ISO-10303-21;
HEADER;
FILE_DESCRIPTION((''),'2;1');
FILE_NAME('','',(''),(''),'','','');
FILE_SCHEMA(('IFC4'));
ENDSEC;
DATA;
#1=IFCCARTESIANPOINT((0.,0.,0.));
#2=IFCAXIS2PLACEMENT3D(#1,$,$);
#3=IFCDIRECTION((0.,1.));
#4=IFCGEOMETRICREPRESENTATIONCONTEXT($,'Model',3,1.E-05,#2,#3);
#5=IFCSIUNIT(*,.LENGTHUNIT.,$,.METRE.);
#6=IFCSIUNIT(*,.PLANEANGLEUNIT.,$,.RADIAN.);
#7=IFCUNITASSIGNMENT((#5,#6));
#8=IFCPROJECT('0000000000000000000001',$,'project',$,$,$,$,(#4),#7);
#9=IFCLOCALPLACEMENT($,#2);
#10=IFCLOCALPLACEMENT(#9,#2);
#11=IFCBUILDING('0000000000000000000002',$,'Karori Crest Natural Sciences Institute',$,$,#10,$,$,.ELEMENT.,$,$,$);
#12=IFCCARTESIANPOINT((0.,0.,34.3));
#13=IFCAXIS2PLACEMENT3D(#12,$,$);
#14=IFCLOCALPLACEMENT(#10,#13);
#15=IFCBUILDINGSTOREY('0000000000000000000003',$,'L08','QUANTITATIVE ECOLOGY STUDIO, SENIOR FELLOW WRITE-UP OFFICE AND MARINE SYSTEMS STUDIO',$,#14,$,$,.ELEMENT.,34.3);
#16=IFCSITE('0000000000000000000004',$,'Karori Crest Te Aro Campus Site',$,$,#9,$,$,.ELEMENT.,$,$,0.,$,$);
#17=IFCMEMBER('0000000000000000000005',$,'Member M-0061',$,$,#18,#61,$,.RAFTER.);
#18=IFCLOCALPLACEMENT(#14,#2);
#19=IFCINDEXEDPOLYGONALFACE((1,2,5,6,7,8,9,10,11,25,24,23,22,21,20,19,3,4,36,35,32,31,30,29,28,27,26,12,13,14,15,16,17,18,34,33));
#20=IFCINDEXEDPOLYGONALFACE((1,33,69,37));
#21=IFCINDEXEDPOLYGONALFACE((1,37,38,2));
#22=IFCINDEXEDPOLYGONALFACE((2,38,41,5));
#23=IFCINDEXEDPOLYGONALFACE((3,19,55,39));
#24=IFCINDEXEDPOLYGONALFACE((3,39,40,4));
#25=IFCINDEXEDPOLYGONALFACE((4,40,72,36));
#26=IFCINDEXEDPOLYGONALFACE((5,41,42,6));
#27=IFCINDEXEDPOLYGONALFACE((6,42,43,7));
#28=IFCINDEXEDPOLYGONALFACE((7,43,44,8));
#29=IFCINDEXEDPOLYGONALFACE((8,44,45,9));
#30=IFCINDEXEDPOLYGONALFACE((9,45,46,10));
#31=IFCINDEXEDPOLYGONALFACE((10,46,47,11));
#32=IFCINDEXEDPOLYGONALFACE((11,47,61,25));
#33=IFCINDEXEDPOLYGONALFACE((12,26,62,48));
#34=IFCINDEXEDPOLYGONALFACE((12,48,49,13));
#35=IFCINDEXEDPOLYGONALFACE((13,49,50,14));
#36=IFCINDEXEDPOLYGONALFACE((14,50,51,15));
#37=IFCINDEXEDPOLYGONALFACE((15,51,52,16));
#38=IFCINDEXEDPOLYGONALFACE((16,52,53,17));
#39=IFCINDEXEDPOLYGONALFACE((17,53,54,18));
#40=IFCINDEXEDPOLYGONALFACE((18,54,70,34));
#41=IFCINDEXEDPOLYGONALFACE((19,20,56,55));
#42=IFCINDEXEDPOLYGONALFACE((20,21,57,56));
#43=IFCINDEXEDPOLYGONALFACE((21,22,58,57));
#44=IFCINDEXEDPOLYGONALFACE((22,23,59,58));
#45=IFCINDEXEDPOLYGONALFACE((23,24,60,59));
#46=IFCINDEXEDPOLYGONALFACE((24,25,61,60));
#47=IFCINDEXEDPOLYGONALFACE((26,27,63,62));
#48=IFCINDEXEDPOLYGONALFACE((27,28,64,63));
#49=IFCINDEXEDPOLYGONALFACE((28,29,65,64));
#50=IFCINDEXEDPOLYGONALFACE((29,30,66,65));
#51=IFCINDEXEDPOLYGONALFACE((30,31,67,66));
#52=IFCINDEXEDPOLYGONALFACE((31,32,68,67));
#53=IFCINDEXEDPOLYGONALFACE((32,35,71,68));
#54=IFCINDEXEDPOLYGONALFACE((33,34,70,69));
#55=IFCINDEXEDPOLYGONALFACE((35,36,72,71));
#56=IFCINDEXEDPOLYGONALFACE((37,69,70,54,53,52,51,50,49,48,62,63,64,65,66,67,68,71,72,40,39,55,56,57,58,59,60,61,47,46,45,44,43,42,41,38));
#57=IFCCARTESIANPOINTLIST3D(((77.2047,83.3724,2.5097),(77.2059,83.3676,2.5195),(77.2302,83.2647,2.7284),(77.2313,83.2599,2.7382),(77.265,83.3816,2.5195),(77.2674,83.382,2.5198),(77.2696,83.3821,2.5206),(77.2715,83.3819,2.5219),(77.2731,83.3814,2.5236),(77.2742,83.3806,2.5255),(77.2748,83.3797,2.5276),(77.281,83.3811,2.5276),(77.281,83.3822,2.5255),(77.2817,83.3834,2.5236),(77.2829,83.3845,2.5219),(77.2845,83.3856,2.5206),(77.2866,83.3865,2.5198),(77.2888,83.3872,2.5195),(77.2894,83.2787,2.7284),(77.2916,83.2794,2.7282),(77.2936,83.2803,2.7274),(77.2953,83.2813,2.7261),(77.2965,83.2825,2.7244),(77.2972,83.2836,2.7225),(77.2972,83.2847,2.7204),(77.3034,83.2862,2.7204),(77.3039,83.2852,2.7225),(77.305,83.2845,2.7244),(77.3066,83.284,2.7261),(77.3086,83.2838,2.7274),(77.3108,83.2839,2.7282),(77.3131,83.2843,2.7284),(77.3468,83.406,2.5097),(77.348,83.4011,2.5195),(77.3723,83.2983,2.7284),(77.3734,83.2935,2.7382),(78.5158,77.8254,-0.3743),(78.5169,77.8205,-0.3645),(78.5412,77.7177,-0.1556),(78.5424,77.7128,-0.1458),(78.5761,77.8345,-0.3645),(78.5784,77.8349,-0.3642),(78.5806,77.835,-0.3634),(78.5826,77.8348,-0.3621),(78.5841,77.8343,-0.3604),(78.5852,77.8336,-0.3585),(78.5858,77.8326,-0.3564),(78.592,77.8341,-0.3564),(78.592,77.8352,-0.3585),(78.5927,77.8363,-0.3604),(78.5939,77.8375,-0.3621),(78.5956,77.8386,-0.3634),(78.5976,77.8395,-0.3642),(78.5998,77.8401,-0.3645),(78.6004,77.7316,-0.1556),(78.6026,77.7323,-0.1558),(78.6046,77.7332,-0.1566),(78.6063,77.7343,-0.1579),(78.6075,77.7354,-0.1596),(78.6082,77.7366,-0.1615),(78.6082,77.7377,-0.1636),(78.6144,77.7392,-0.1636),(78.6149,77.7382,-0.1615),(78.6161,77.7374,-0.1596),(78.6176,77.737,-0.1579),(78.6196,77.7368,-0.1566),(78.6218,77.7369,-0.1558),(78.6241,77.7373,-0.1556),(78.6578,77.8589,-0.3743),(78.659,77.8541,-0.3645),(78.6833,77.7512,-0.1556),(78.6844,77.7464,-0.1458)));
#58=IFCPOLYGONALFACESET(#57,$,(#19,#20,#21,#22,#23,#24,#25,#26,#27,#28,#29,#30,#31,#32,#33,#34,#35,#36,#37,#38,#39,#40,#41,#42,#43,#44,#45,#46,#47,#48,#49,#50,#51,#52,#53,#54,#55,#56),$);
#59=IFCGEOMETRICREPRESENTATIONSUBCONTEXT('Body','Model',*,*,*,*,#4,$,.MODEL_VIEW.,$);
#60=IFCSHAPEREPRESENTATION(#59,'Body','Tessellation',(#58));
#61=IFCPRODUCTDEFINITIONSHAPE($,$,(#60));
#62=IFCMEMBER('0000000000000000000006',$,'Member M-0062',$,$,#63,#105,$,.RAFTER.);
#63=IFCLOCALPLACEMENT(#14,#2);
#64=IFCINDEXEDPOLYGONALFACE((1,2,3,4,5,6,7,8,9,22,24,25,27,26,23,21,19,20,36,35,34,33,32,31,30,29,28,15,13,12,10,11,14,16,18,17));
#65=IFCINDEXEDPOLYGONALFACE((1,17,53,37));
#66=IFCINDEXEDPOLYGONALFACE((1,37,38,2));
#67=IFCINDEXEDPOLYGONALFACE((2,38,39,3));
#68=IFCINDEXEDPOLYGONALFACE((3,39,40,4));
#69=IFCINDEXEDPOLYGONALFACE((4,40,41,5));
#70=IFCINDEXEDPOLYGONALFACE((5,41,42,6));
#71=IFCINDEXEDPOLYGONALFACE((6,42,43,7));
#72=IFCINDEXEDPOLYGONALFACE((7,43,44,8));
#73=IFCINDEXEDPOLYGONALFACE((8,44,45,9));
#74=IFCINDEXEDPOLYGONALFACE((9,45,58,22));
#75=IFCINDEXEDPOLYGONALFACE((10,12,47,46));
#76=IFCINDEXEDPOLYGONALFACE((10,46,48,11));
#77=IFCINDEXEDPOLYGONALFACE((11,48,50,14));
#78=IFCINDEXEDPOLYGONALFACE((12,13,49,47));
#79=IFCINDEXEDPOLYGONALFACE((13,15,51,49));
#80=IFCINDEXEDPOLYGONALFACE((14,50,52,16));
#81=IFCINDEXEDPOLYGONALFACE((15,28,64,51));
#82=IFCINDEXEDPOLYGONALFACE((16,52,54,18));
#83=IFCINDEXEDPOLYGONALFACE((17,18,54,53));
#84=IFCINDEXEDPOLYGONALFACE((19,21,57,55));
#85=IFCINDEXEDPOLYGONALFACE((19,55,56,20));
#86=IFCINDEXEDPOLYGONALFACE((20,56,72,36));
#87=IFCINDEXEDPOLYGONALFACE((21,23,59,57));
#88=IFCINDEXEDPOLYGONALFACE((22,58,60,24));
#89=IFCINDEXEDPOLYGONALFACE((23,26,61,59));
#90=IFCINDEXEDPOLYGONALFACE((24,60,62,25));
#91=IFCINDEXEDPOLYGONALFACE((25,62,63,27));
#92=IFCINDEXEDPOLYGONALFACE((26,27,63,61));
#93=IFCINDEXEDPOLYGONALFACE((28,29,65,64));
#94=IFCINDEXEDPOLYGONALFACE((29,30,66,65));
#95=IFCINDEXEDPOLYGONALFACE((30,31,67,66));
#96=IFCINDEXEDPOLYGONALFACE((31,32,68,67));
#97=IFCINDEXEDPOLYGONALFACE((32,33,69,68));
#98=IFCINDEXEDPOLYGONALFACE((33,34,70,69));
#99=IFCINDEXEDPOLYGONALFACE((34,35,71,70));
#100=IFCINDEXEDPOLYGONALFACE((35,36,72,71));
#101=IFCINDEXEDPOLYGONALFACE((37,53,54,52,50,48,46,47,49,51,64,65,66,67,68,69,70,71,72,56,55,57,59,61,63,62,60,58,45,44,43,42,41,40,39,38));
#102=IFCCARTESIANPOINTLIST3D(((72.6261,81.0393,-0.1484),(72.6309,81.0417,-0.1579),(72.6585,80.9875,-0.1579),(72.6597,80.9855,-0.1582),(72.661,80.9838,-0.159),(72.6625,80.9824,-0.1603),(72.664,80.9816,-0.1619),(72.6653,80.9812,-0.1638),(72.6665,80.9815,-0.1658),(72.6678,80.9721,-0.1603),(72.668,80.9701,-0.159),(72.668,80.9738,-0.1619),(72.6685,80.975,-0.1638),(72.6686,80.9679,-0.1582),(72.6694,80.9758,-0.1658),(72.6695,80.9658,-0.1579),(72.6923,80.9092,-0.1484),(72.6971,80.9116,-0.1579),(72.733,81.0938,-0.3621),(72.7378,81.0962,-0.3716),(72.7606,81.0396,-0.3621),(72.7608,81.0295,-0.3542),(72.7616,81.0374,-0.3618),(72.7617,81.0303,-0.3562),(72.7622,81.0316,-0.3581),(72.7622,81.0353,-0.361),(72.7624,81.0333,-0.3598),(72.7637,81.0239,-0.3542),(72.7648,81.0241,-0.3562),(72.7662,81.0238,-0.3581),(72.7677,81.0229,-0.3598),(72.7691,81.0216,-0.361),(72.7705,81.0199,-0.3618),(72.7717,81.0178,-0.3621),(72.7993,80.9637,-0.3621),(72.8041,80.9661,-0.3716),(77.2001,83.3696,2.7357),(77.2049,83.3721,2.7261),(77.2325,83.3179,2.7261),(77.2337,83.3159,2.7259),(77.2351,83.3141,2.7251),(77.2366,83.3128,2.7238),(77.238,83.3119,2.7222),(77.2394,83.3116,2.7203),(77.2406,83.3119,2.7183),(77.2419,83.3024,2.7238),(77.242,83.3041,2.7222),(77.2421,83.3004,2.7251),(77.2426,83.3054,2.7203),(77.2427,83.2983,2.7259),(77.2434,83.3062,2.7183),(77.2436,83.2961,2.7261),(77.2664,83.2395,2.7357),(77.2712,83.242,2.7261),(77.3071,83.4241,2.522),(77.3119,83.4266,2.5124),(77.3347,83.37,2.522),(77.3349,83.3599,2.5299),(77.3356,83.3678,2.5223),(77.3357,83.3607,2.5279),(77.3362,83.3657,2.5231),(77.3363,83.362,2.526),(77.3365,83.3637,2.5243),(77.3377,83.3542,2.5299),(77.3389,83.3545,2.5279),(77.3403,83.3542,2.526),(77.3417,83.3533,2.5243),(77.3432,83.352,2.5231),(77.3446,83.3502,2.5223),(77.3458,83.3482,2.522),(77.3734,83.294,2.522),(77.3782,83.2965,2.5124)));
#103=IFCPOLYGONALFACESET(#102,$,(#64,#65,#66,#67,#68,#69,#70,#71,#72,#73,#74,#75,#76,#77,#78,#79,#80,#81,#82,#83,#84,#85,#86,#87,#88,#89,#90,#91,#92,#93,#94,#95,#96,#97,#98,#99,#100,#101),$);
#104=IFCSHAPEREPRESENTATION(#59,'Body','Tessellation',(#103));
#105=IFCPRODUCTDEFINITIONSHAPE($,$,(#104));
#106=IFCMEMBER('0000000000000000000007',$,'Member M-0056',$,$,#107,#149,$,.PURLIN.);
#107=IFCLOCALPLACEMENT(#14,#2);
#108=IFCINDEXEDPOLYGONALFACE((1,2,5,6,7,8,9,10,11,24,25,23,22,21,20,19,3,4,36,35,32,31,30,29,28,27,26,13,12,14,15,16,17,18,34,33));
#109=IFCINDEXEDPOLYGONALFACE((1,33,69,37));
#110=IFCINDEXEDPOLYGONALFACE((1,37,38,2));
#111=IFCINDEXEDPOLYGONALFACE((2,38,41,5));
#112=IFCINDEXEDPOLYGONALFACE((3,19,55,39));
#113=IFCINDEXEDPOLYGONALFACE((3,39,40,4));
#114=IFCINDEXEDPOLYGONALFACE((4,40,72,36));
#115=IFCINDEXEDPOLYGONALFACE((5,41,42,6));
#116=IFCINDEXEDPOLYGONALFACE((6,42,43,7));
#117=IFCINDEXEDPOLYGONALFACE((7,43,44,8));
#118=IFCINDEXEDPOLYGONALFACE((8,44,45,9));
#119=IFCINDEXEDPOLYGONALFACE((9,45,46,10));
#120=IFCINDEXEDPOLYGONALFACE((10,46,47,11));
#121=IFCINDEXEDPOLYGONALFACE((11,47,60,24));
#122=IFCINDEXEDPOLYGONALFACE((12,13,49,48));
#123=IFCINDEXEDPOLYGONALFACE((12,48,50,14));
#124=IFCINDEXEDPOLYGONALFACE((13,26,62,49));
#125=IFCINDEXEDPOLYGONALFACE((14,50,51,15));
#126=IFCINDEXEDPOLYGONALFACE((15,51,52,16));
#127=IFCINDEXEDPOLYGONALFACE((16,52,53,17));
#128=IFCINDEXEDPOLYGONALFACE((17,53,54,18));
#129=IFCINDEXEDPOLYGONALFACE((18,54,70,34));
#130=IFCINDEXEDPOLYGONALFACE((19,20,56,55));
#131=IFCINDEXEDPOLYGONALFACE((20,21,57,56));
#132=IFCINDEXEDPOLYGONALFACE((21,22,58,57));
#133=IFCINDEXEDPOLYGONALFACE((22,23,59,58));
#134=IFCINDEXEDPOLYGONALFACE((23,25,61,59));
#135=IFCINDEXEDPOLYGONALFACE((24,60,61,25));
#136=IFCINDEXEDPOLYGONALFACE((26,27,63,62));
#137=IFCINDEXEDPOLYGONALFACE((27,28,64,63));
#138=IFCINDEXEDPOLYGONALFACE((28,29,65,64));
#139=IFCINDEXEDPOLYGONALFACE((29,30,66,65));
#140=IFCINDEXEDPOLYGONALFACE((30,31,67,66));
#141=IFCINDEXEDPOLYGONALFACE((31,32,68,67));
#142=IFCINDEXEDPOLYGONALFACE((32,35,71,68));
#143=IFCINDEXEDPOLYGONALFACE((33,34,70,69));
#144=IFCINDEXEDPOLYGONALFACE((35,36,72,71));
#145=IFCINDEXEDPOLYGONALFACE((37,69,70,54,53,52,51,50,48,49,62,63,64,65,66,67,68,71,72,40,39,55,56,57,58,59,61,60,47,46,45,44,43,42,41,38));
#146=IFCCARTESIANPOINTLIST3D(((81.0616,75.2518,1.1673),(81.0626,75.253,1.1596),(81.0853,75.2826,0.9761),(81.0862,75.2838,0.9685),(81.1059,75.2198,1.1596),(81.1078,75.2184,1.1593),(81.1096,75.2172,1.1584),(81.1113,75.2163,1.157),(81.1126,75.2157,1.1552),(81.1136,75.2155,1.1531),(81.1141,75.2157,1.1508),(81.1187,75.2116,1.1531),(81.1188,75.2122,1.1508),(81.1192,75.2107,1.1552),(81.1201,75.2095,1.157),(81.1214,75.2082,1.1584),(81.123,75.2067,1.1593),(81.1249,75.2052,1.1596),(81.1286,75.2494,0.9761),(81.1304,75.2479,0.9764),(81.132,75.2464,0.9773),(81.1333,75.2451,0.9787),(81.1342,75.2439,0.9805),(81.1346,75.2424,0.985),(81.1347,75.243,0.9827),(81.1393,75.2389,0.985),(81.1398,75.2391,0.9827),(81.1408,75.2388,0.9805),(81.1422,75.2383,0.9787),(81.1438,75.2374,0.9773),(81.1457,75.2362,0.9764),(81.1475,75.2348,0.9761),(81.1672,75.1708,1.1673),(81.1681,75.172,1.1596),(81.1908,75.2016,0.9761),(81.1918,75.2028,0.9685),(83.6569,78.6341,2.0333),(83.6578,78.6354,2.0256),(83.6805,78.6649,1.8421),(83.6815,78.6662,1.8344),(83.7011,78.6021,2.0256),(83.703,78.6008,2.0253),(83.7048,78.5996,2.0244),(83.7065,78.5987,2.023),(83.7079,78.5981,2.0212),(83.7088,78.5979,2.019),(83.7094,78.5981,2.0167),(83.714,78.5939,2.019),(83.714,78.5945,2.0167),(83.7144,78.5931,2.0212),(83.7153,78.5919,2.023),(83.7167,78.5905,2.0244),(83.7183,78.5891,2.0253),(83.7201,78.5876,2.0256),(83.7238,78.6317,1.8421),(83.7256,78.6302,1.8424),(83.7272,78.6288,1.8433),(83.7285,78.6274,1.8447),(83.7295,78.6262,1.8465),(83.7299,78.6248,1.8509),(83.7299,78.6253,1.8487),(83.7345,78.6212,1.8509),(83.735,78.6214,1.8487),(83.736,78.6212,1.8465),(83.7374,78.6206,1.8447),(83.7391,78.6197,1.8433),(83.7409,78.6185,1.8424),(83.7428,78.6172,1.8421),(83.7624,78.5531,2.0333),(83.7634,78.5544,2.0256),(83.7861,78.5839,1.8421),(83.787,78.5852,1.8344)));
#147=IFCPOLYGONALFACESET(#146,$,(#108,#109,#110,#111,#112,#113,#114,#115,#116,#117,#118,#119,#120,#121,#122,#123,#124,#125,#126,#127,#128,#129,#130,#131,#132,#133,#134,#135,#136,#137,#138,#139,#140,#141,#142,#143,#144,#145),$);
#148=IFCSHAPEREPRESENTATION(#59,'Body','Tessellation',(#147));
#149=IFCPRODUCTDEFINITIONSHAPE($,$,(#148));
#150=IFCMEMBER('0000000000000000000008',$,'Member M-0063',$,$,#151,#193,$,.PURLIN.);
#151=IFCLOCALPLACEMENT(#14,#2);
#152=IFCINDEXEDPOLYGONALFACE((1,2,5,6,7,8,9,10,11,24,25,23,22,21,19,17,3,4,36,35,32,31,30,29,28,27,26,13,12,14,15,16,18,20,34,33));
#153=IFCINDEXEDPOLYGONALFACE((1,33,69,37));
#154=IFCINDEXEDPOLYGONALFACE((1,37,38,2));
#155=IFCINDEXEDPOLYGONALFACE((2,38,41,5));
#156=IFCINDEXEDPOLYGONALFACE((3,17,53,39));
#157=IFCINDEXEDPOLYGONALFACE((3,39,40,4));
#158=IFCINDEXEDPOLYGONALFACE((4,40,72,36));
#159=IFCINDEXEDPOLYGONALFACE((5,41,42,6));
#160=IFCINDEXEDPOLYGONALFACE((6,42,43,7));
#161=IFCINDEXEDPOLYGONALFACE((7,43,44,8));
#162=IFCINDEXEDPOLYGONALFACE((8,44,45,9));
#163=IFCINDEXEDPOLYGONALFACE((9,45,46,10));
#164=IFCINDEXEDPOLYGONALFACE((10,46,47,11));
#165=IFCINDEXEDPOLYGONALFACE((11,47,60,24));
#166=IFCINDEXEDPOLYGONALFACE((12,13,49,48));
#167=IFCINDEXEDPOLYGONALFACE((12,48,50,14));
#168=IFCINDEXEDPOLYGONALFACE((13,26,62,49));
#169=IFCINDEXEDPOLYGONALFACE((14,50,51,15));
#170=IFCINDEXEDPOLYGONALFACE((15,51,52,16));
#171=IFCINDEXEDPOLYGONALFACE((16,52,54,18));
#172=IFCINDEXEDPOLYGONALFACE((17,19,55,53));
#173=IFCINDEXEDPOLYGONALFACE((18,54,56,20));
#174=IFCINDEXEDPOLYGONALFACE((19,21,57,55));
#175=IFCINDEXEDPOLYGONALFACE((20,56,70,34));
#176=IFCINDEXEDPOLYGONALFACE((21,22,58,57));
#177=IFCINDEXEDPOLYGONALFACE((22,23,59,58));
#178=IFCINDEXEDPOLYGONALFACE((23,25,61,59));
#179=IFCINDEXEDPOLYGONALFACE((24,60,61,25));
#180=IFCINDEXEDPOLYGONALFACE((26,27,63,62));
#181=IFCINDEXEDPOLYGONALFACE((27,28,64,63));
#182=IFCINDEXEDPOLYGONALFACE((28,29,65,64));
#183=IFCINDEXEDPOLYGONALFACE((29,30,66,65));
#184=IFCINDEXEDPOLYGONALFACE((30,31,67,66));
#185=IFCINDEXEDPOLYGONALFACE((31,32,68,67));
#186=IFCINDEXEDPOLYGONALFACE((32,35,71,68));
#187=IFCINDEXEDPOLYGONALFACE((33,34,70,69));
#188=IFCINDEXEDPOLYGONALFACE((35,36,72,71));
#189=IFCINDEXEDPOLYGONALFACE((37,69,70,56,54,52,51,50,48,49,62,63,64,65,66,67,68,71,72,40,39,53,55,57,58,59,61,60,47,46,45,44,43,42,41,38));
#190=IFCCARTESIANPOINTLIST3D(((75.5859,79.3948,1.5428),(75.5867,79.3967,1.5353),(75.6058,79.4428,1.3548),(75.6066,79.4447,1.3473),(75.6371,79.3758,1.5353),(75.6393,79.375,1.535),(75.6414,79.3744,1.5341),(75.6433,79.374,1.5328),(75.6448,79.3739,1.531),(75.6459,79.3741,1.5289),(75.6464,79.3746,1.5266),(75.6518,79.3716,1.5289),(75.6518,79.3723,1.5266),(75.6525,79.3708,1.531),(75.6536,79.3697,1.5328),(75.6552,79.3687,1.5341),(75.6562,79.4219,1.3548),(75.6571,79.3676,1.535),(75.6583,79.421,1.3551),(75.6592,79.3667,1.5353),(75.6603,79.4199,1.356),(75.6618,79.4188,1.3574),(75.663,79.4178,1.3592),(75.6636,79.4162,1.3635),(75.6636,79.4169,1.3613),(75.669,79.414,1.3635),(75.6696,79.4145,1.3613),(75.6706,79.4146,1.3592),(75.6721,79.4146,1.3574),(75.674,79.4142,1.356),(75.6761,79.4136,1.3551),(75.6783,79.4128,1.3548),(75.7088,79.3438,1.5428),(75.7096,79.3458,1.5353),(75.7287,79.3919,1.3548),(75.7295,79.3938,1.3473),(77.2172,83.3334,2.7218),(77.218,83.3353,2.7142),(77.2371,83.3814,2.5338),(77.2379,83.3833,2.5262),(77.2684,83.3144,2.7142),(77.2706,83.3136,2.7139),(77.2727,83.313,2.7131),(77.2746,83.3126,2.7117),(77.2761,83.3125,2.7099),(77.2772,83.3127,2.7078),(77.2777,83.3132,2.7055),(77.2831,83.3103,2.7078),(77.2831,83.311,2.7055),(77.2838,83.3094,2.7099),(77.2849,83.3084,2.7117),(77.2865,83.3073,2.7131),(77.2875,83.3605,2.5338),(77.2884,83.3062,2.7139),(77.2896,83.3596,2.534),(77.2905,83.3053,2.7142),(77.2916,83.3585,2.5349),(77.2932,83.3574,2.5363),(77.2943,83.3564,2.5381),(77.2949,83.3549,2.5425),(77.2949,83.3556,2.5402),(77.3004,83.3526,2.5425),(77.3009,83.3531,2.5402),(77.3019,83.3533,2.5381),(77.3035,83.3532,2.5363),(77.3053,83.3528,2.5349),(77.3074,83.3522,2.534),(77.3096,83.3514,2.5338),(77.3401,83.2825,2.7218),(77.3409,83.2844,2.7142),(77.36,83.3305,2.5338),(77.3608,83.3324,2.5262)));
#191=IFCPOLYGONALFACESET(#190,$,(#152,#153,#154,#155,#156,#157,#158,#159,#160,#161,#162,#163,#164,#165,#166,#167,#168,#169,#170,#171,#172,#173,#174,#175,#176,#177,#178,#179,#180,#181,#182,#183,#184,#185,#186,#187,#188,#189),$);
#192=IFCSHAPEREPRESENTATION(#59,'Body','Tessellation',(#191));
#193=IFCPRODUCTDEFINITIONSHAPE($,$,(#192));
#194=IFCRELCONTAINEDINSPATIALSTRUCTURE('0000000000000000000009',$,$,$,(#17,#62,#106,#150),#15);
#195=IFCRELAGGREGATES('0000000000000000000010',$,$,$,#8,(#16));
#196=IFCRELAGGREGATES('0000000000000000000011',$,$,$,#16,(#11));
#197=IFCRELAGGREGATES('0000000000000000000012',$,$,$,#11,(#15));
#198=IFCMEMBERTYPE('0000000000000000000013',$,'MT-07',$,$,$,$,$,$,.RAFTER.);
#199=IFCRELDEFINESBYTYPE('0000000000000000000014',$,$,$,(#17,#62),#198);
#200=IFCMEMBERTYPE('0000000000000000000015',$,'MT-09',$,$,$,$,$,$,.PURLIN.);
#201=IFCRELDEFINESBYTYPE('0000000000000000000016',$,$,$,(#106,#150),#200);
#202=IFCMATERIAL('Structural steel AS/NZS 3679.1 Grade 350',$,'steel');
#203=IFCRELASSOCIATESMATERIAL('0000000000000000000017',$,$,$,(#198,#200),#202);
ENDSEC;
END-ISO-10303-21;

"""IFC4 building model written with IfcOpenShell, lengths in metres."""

from ifc_helpers import new_model, si_unit, direction, frame, origin, origin_2d, place, context, subcontext, project, spatial, i_section, extrude, material, material_profile, profile_set, type_object, element, save


model = new_model("IFC4")

# Units and contexts
model_context = context("Model", 3, precision=1e-05, world=origin(), true_north=direction((0.0, 1.0)))
body_context = subcontext(model_context, "Body", "Model", "MODEL_VIEW")
ifc_project = project(units=[si_unit("LENGTHUNIT", "METRE"), si_unit("PLANEANGLEUNIT", "RADIAN")], contexts=[model_context])

# Site, building, storey
site_placement = place(None, origin())
site = spatial("IfcSite", under=ifc_project, at=site_placement, Name="Karori Crest Te Aro Campus Site", CompositionType="ELEMENT", RefElevation=0.0)
building_placement = place(site_placement, origin())
building = spatial("IfcBuilding", under=site, at=building_placement, Name="Karori Crest Natural Sciences Institute", CompositionType="ELEMENT")
storey_placement = place(building_placement, frame((0.0, 0.0, 34.3)))
storey = spatial("IfcBuildingStorey", under=building, at=storey_placement, Name="L08", Description="QUANTITATIVE ECOLOGY STUDIO, SENIOR FELLOW WRITE-UP OFFICE AND MARINE SYSTEMS STUDIO", CompositionType="ELEMENT", Elevation=34.3)

# Members
ifc_material_1 = material(Name="Structural steel AS/NZS 3679.1 Grade 350", Category="steel")
ifc_material_profile_1 = material_profile(ifc_material_1, i_section(OverallWidth=0.146, OverallDepth=0.2561, WebThickness=0.0063, FlangeThickness=0.011, FilletRadius=0.009, at=origin_2d()), Name="250UB37.3")
ifc_profile_set_1 = profile_set([ifc_material_profile_1], Name="Structural steel AS/NZS 3679.1 Grade 350")
member_type_1 = type_object("IfcMemberType", Name="MT-07", PredefinedType="RAFTER", material=ifc_profile_set_1)
member_1_placement = place(storey_placement, frame((78.6001, 77.7859, -0.26), z_axis=(-0.205233, 0.868361, 0.451474), x_axis=(-0.973189, -0.230008, 0.0)))
element("IfcMember", 1, at=member_1_placement, inside=storey, type_object=member_type_1, Name="Member M-0061", PredefinedType="RAFTER", context=body_context, shape_type="SweptSolid", body=[
    extrude(i_section(OverallWidth=0.146, OverallDepth=0.2561, WebThickness=0.0063, FlangeThickness=0.011, FilletRadius=0.009, at=origin_2d()), origin(), (0.0, 0.0, 1.0), 6.3879),
])
member_2_placement = place(storey_placement, frame((72.7151, 81.0027, -0.26), z_axis=(0.776822, 0.395771, 0.48981), x_axis=(-0.453954, 0.891025, 0.0)))
element("IfcMember", 2, at=member_2_placement, inside=storey, type_object=member_type_1, Name="Member M-0062", PredefinedType="RAFTER", context=body_context, shape_type="SweptSolid", body=[
    extrude(i_section(OverallWidth=0.146, OverallDepth=0.2561, WebThickness=0.0063, FlangeThickness=0.011, FilletRadius=0.009, at=origin_2d()), origin(), (0.0, 0.0, 1.0), 5.8882),
])
ifc_material_profile_2 = material_profile(ifc_material_1, i_section(OverallWidth=0.1331, OverallDepth=0.2029, WebThickness=0.0059, FlangeThickness=0.0078, FilletRadius=0.009, at=origin_2d()), Name="200UB25.4")
ifc_profile_set_2 = profile_set([ifc_material_profile_2], Name="Structural steel AS/NZS 3679.1 Grade 350")
member_type_2 = type_object("IfcMemberType", Name="MT-09", PredefinedType="PURLIN", material=ifc_profile_set_2)
member_3_placement = place(storey_placement, frame((81.1267, 75.2273, 1.0679), z_axis=(0.596559, 0.777491, 0.199059), x_axis=(-0.793368, 0.608742, 0.0)))
element("IfcMember", 3, at=member_3_placement, inside=storey, type_object=member_type_2, Name="Member M-0056", PredefinedType="PURLIN", context=body_context, shape_type="SweptSolid", body=[
    extrude(i_section(OverallWidth=0.1331, OverallDepth=0.2029, WebThickness=0.0059, FlangeThickness=0.0078, FilletRadius=0.009, at=origin_2d()), origin(), (0.0, 0.0, 1.0), 4.3503),
])
member_4_placement = place(storey_placement, frame((75.6577, 79.3943, 1.4451), z_axis=(0.368816, 0.890467, 0.266539), x_axis=(-0.92389, 0.382659, 0.0)))
element("IfcMember", 4, at=member_4_placement, inside=storey, type_object=member_type_2, Name="Member M-0063", PredefinedType="PURLIN", context=body_context, shape_type="SweptSolid", body=[
    extrude(i_section(OverallWidth=0.1331, OverallDepth=0.2029, WebThickness=0.0059, FlangeThickness=0.0078, FilletRadius=0.009, at=origin_2d()), origin(), (0.0, 0.0, 1.0), 4.4231),
])

save(model, "model.ifc")
